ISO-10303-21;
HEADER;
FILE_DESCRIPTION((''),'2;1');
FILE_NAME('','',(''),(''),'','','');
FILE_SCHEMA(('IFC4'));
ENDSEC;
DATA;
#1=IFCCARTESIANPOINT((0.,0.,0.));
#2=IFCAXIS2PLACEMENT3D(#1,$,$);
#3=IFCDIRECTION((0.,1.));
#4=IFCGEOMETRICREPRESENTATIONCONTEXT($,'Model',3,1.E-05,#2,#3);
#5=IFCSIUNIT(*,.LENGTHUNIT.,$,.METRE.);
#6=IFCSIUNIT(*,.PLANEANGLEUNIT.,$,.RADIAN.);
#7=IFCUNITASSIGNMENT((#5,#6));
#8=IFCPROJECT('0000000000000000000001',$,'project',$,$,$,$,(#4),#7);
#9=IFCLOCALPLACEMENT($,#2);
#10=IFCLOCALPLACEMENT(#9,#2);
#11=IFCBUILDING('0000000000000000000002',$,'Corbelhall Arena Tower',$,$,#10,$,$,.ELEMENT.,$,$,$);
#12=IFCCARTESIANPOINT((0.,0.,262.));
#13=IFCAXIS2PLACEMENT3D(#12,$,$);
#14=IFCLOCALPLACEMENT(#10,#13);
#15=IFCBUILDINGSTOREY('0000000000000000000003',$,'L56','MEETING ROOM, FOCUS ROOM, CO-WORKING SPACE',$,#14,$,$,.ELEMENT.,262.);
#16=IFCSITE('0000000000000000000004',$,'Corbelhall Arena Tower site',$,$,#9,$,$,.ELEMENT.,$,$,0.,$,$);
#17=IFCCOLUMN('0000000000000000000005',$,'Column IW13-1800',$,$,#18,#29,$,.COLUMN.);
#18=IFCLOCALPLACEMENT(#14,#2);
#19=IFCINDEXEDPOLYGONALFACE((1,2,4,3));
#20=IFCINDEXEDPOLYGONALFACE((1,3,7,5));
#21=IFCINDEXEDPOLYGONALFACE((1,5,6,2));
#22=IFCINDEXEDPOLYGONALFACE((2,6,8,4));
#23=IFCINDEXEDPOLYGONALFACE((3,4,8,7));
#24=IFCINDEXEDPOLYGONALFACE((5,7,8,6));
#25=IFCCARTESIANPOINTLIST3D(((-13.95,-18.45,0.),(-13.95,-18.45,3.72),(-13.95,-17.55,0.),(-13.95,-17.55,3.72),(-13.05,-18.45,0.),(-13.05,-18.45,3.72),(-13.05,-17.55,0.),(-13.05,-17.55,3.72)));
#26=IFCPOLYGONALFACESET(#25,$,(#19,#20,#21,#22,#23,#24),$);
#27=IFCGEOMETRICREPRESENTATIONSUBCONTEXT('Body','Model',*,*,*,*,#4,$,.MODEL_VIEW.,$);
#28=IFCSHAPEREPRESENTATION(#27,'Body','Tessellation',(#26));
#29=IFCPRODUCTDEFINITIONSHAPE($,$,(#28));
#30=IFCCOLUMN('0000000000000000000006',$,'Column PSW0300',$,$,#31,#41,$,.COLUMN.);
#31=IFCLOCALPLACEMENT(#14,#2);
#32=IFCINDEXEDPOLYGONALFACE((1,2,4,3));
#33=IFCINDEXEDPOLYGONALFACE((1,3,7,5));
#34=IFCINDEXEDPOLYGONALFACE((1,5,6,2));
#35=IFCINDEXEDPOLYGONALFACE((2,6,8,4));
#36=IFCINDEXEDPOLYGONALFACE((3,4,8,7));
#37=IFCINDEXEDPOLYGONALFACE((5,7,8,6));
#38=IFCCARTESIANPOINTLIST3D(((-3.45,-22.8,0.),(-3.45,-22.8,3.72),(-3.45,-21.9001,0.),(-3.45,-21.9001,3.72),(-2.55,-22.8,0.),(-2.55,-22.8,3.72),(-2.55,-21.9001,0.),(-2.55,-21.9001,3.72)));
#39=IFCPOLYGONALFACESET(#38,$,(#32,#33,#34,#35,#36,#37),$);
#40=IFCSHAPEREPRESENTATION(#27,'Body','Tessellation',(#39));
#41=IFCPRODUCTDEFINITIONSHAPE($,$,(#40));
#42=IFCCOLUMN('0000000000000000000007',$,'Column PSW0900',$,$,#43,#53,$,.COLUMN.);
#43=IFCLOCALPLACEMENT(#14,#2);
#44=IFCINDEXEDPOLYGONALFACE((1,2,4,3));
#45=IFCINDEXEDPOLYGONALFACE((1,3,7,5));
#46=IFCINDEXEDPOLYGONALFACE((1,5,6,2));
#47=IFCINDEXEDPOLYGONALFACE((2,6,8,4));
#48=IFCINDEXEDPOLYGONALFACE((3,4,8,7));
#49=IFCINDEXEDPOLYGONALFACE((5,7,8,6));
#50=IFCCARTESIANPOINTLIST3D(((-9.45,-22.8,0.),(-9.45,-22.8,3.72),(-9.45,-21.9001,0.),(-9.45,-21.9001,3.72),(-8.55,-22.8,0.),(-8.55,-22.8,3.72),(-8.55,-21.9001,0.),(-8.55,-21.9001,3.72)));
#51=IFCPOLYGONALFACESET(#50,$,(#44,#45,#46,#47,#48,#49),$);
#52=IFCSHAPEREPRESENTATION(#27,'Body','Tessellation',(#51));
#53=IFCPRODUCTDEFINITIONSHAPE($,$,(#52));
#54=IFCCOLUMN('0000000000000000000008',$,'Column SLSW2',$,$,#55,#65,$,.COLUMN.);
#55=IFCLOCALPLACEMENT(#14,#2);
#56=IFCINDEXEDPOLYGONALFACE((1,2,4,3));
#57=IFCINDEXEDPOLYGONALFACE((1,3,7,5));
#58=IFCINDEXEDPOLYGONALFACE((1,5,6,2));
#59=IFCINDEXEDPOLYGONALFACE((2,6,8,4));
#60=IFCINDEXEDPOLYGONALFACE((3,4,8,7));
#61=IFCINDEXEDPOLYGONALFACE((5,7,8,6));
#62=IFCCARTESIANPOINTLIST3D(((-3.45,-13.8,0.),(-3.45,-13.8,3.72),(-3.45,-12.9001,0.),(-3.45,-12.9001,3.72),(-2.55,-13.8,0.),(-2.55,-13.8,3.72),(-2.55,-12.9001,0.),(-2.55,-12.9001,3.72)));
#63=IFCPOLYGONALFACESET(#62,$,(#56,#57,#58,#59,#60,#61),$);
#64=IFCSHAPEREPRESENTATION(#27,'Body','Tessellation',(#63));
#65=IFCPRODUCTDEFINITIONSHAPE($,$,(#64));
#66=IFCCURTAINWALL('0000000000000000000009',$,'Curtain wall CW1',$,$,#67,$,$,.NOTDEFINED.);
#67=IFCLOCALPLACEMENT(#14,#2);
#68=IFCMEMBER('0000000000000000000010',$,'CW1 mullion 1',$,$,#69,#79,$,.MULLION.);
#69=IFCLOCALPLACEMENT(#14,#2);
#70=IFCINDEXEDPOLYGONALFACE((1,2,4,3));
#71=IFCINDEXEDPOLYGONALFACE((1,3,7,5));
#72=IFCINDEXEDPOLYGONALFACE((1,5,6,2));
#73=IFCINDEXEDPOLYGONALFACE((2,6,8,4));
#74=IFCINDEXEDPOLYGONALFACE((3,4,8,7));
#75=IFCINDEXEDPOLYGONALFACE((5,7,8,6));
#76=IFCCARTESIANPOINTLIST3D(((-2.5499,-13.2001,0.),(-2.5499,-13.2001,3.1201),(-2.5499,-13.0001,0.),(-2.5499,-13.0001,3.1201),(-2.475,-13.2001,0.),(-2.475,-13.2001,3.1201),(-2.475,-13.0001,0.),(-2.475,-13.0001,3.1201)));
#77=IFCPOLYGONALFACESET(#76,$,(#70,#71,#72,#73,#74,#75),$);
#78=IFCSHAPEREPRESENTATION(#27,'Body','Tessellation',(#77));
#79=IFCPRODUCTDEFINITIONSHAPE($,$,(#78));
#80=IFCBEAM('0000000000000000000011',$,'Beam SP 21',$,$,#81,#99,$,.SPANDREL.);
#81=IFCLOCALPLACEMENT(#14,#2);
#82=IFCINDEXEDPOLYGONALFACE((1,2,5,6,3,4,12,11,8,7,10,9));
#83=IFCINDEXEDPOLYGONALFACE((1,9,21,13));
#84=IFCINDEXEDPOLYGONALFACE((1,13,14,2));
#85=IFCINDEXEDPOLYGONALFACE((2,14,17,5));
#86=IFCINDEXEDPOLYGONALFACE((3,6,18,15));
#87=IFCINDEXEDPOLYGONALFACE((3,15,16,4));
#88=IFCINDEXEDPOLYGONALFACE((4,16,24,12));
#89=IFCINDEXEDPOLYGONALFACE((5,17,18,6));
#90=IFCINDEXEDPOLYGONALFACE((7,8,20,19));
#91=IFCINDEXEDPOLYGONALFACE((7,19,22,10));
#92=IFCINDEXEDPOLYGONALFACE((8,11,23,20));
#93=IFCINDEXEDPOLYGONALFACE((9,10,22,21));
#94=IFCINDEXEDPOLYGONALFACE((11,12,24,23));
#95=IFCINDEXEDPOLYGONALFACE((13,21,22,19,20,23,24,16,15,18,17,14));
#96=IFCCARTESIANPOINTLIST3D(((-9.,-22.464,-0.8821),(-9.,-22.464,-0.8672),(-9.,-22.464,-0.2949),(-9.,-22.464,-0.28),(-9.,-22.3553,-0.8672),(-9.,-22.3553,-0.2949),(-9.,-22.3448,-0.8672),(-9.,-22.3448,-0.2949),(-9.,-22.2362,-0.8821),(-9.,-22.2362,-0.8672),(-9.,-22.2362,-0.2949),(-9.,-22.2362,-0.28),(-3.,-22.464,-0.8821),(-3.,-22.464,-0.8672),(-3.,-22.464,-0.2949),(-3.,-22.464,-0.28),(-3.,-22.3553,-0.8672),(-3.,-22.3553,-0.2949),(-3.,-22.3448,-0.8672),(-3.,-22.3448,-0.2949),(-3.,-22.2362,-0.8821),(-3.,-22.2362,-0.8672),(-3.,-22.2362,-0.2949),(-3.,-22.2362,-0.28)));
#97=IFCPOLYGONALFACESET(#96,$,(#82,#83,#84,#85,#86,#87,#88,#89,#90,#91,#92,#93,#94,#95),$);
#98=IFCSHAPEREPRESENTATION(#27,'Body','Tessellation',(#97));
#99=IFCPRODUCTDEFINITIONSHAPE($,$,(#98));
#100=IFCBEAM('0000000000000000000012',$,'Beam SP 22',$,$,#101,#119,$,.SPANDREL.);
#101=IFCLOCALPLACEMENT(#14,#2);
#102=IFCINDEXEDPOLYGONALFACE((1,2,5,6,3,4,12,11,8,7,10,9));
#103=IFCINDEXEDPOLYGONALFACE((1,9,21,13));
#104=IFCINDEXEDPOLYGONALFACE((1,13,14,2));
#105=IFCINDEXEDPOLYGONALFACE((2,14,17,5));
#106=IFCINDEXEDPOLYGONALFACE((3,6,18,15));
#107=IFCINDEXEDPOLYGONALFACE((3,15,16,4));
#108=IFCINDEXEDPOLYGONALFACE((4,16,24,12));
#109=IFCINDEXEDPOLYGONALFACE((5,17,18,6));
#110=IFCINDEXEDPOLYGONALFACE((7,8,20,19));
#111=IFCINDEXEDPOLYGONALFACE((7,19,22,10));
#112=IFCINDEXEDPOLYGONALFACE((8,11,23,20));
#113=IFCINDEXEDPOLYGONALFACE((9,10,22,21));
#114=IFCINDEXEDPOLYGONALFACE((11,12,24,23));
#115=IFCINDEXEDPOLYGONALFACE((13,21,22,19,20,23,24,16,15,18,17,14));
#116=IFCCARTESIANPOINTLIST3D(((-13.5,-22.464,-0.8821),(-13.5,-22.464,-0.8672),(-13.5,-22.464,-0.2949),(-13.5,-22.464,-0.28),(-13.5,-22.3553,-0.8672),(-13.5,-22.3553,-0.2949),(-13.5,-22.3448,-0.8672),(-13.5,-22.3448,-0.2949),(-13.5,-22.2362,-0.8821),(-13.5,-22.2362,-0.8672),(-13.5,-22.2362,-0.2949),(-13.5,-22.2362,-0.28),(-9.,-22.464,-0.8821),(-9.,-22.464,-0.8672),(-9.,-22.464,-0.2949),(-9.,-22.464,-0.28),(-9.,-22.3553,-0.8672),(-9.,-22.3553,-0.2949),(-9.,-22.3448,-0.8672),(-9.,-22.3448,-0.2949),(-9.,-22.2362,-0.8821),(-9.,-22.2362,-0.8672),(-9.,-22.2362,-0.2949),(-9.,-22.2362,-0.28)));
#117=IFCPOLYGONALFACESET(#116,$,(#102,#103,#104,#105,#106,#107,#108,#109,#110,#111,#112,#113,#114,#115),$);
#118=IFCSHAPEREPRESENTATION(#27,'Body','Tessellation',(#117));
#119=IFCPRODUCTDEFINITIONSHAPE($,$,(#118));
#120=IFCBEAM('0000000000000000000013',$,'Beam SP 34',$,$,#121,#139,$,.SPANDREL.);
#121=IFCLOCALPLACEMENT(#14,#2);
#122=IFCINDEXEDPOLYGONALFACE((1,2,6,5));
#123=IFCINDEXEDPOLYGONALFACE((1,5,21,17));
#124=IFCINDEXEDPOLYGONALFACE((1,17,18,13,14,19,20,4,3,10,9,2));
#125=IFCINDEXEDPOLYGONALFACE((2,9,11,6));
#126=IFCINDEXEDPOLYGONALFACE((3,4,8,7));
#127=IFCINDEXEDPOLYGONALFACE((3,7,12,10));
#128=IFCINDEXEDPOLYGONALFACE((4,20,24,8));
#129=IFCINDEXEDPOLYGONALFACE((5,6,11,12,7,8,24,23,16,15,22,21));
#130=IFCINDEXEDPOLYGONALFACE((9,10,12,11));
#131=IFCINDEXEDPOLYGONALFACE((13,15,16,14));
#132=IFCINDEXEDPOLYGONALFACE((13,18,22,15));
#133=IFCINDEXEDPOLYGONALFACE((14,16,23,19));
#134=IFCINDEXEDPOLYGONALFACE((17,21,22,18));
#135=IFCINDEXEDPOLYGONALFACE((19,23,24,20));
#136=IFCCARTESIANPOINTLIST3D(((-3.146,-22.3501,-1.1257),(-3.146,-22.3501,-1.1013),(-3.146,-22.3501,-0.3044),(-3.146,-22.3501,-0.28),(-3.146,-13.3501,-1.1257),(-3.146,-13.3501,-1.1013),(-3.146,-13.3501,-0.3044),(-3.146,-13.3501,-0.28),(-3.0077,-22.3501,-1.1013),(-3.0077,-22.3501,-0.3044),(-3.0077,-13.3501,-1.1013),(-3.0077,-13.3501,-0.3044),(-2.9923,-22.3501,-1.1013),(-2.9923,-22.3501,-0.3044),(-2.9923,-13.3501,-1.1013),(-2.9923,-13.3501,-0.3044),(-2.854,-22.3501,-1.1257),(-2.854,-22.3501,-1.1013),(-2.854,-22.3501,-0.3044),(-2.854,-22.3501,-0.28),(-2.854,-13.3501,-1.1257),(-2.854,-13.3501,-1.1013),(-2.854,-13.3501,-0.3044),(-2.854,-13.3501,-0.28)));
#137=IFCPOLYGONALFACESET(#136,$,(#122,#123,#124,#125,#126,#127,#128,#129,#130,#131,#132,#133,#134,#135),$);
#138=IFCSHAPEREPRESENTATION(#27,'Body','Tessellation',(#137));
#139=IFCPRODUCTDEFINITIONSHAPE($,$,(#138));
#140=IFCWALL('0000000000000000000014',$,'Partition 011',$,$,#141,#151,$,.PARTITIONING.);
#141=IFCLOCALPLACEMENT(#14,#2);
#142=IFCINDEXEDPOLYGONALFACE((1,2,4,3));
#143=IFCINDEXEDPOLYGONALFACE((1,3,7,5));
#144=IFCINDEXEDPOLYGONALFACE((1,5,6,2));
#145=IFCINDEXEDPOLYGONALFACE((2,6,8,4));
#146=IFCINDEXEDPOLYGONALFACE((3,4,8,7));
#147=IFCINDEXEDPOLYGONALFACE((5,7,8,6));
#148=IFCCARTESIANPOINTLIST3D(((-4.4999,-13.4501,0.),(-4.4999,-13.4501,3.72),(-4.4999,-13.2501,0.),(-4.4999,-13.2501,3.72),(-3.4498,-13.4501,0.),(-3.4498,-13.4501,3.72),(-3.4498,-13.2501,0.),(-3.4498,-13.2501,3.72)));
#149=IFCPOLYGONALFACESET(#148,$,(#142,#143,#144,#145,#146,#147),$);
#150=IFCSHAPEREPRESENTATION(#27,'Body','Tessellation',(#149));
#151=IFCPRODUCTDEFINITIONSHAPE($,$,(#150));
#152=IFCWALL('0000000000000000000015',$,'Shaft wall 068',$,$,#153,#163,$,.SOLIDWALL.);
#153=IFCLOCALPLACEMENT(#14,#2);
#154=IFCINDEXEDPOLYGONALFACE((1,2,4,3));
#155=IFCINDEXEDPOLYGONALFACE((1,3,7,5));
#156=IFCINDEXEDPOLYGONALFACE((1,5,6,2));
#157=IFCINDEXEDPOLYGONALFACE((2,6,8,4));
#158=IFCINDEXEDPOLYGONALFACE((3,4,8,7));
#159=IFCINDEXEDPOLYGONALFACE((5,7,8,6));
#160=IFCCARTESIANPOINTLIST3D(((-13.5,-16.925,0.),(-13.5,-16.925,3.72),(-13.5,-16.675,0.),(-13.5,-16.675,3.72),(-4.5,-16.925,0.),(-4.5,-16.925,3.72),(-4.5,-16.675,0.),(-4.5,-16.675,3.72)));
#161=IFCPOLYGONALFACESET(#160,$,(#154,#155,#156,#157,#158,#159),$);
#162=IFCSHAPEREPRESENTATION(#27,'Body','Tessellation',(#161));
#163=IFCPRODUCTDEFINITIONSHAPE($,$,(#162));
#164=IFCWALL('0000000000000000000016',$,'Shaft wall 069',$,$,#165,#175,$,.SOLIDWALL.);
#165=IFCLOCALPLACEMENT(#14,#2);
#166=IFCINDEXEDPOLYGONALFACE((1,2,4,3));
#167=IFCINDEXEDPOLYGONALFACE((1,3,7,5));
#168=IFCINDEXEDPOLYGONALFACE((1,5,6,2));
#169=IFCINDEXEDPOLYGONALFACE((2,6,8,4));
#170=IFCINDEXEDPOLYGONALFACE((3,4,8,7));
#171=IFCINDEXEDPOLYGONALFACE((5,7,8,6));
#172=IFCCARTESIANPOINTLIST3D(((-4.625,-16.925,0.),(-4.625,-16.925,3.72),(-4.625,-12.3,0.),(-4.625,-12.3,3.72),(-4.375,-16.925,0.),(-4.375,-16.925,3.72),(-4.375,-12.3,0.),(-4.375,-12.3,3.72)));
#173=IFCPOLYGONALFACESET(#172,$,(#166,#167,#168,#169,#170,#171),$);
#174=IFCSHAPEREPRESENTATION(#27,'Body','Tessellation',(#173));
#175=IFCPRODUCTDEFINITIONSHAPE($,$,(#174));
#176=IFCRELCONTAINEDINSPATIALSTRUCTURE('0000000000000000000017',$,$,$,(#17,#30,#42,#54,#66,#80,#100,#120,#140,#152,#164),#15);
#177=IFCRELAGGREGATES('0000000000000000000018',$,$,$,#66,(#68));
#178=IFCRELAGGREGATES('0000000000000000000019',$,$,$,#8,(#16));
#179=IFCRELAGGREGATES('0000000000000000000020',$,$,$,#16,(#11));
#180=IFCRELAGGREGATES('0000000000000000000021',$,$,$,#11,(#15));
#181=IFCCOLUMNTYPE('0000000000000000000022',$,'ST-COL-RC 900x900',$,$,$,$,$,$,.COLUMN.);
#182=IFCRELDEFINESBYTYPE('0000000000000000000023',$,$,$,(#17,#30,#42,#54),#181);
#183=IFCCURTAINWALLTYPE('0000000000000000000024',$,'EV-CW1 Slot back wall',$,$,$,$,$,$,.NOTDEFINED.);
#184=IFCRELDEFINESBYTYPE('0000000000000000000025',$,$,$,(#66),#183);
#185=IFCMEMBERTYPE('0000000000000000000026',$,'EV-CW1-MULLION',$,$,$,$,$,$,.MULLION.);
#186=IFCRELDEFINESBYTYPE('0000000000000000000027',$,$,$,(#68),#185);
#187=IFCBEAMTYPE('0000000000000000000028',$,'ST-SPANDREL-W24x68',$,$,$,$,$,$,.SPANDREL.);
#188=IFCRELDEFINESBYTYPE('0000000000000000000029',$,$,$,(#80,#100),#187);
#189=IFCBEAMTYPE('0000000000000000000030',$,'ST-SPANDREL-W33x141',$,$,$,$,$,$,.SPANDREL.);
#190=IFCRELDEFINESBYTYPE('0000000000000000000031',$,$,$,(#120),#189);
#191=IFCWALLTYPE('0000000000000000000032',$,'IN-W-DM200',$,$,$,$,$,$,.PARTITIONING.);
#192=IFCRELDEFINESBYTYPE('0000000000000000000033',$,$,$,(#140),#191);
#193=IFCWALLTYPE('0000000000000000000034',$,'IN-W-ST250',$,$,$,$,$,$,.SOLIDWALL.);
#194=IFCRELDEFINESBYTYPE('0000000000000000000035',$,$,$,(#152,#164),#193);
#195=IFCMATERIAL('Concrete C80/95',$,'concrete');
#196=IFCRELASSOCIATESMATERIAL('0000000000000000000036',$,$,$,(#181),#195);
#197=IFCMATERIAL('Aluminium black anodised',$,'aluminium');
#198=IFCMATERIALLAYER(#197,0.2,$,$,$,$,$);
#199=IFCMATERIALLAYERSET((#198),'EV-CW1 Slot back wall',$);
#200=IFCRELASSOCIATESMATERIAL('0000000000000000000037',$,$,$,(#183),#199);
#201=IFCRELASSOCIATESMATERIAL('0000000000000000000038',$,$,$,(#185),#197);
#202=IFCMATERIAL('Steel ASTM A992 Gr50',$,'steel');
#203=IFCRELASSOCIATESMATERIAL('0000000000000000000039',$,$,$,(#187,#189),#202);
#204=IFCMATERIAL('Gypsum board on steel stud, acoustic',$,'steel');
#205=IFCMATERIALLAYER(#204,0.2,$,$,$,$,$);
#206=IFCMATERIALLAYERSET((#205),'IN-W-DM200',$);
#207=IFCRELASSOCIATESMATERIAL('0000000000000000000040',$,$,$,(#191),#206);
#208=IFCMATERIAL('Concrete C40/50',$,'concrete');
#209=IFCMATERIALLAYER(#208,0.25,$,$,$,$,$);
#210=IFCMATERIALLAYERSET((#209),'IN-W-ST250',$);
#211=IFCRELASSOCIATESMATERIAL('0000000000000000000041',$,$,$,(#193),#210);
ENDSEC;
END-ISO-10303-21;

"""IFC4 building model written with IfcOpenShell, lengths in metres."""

from ifc_helpers import new_model, si_unit, direction, frame, frame_2d, origin, origin_2d, place, context, subcontext, project, spatial, rectangle, i_section, extrude, material, layer, layer_set, material_profile, profile_set, type_object, element, aggregate, save


model = new_model("IFC4")

# Units and contexts
model_context = context("Model", 3, precision=1e-05, world=origin(), true_north=direction((0.0, 1.0)))
body_context = subcontext(model_context, "Body", "Model", "MODEL_VIEW")
ifc_project = project(units=[si_unit("LENGTHUNIT", "METRE"), si_unit("PLANEANGLEUNIT", "RADIAN")], contexts=[model_context])

# Site, building, storey
site_placement = place(None, origin())
site = spatial("IfcSite", under=ifc_project, at=site_placement, Name="Corbelhall Arena Tower site", CompositionType="ELEMENT", RefElevation=0.0)
building_placement = place(site_placement, origin())
building = spatial("IfcBuilding", under=site, at=building_placement, Name="Corbelhall Arena Tower", CompositionType="ELEMENT")
storey_placement = place(building_placement, frame((0.0, 0.0, 262.0)))
storey = spatial("IfcBuildingStorey", under=building, at=storey_placement, Name="L56", Description="MEETING ROOM, FOCUS ROOM, CO-WORKING SPACE", CompositionType="ELEMENT", Elevation=262.0)

# Columns
ifc_material_1 = material(Name="Concrete C80/95", Category="concrete")
ifc_material_profile_1 = material_profile(ifc_material_1, rectangle(XDim=0.8999, YDim=0.8999, at=origin_2d()))
ifc_profile_set_1 = profile_set([ifc_material_profile_1], Name="Concrete C80/95")
column_type = type_object("IfcColumnType", Name="ST-COL-RC 900x900", PredefinedType="COLUMN", material=ifc_profile_set_1)
for number, where, z_axis, x_axis, name in (
    (1, (-13.5, -18.0, 0.0), (0.0, 0.0, 1.0), (1.0, 0.0, 0.0), "Column IW13-1800"),
    (2, (-3.0, -22.3501, 0.0), (0.0, 0.0, 1.0), (1.0, 0.0, 0.0), "Column PSW0300"),
    (3, (-9.0, -22.3501, 0.0), (0.0, 0.0, 1.0), (1.0, 0.0, 0.0), "Column PSW0900"),
    (4, (-3.0, -13.3501, 0.0), (0.0, 0.0, 1.0), (1.0, 0.0, 0.0), "Column SLSW2"),
):
    element("IfcColumn", number, at=place(storey_placement, frame(where, z_axis=z_axis, x_axis=x_axis)), inside=storey, type_object=column_type, Name=name, PredefinedType="COLUMN", context=body_context, shape_type="SweptSolid", body=[
        extrude(rectangle(XDim=0.8999, YDim=0.8999, at=origin_2d()), origin(), (0.0, 0.0, 1.0), 3.72),
    ])

# Curtain wall, member
ifc_material_2 = material(Name="Aluminium black anodised", Category="aluminium")
ifc_layer_1 = layer(ifc_material_2, 0.2)
ifc_layer_set_1 = layer_set([ifc_layer_1], Name="EV-CW1 Slot back wall")
curtain_wall_type = type_object("IfcCurtainWallType", Name="EV-CW1 Slot back wall", PredefinedType="NOTDEFINED", material=ifc_layer_set_1)
curtain_wall_placement = place(storey_placement, origin())
curtain_wall = element("IfcCurtainWall", 5, at=curtain_wall_placement, inside=storey, type_object=curtain_wall_type, Name="Curtain wall CW1", PredefinedType="NOTDEFINED")
ifc_material_profile_2 = material_profile(ifc_material_2, rectangle(XDim=0.2, YDim=0.075, at=origin_2d()))
ifc_profile_set_2 = profile_set([ifc_material_profile_2], Name="Aluminium black anodised")
member_type = type_object("IfcMemberType", Name="EV-CW1-MULLION", PredefinedType="MULLION", material=ifc_profile_set_2)
member_placement = place(storey_placement, frame((-2.5125, -13.1001, 0.0), z_axis=(0.0, 0.0, 1.0), x_axis=(0.0, 1.0, 0.0)))
member = element("IfcMember", 6, at=member_placement, type_object=member_type, Name="CW1 mullion 1", PredefinedType="MULLION", context=body_context, shape_type="SweptSolid", body=[
    extrude(rectangle(XDim=0.2, YDim=0.075, at=origin_2d()), origin(), (0.0, 0.0, 1.0), 3.1201),
])
aggregate(curtain_wall, [member])

# Beams
ifc_material_3 = material(Name="Steel ASTM A992 Gr50", Category="steel")
ifc_material_profile_3 = material_profile(ifc_material_3, i_section(OverallWidth=0.2278, OverallDepth=0.6021, WebThickness=0.0105, FlangeThickness=0.0149, at=origin_2d()))
ifc_profile_set_3 = profile_set([ifc_material_profile_3], Name="Steel ASTM A992 Gr50")
beam_type_1 = type_object("IfcBeamType", Name="ST-SPANDREL-W24x68", PredefinedType="SPANDREL", material=ifc_profile_set_3)
beam_1_placement = place(storey_placement, frame((-3.0, -22.3501, -0.5811), z_axis=(-1.0, 0.0, 0.0), x_axis=(0.0, -1.0, 0.0)))
element("IfcBeam", 7, at=beam_1_placement, inside=storey, type_object=beam_type_1, Name="Beam SP 21", PredefinedType="SPANDREL", context=body_context, shape_type="SweptSolid", body=[
    extrude(i_section(OverallWidth=0.2278, OverallDepth=0.6021, WebThickness=0.0105, FlangeThickness=0.0149, at=origin_2d()), origin(), (0.0, 0.0, 1.0), 6.0),
])
beam_2_placement = place(storey_placement, frame((-9.0, -22.3501, -0.5811), z_axis=(-1.0, 0.0, 0.0), x_axis=(0.0, -1.0, 0.0)))
element("IfcBeam", 8, at=beam_2_placement, inside=storey, type_object=beam_type_1, Name="Beam SP 22", PredefinedType="SPANDREL", context=body_context, shape_type="SweptSolid", body=[
    extrude(i_section(OverallWidth=0.2278, OverallDepth=0.6021, WebThickness=0.0105, FlangeThickness=0.0149, at=origin_2d()), origin(), (0.0, 0.0, 1.0), 4.5),
])
ifc_material_profile_4 = material_profile(ifc_material_3, i_section(OverallWidth=0.292, OverallDepth=0.8457, WebThickness=0.0154, FlangeThickness=0.0244, at=origin_2d()))
ifc_profile_set_4 = profile_set([ifc_material_profile_4], Name="Steel ASTM A992 Gr50")
beam_type_2 = type_object("IfcBeamType", Name="ST-SPANDREL-W33x141", PredefinedType="SPANDREL", material=ifc_profile_set_4)
beam_3_placement = place(storey_placement, frame((-3.0, -13.3501, -0.7029), z_axis=(0.0, -1.0, 0.0), x_axis=(1.0, 0.0, 0.0)))
element("IfcBeam", 9, at=beam_3_placement, inside=storey, type_object=beam_type_2, Name="Beam SP 34", PredefinedType="SPANDREL", context=body_context, shape_type="SweptSolid", body=[
    extrude(i_section(OverallWidth=0.292, OverallDepth=0.8457, WebThickness=0.0154, FlangeThickness=0.0244, at=origin_2d()), origin(), (0.0, 0.0, 1.0), 9.0),
])

# Shared definitions
ifc_material_4 = material(Name="Gypsum board on steel stud, acoustic", Category="steel")
ifc_layer_2 = layer(ifc_material_4, 0.2)
ifc_layer_set_2 = layer_set([ifc_layer_2], Name="IN-W-DM200")
wall_type_1 = type_object("IfcWallType", Name="IN-W-DM200", PredefinedType="PARTITIONING", material=ifc_layer_set_2)

# Walls
wall_1_placement = place(storey_placement, frame((-3.45, -13.3501, 0.0), z_axis=(0.0, 0.0, 1.0), x_axis=(-1.0, 0.0, 0.0)))
element("IfcWall", 10, at=wall_1_placement, inside=storey, type_object=wall_type_1, Name="Partition 011", PredefinedType="PARTITIONING", context=body_context, shape_type="SweptSolid", body=[
    extrude(rectangle(XDim=1.05, YDim=0.2, at=frame_2d((0.5249, 0.0))), origin(), (0.0, 0.0, 1.0), 3.72),
])
ifc_material_5 = material(Name="Concrete C40/50", Category="concrete")
ifc_layer_3 = layer(ifc_material_5, 0.25)
ifc_layer_set_3 = layer_set([ifc_layer_3], Name="IN-W-ST250")
wall_type_2 = type_object("IfcWallType", Name="IN-W-ST250", PredefinedType="SOLIDWALL", material=ifc_layer_set_3)
wall_2_placement = place(storey_placement, frame((-4.5, -16.8, 0.0), z_axis=(0.0, 0.0, 1.0), x_axis=(-1.0, 0.0, 0.0)))
element("IfcWall", 11, at=wall_2_placement, inside=storey, type_object=wall_type_2, Name="Shaft wall 068", PredefinedType="SOLIDWALL", context=body_context, shape_type="SweptSolid", body=[
    extrude(rectangle(XDim=9.0, YDim=0.25, at=frame_2d((4.5, 0.0))), origin(), (0.0, 0.0, 1.0), 3.72),
])
wall_3_placement = place(storey_placement, frame((-4.5, -12.3, 0.0), z_axis=(0.0, 0.0, 1.0), x_axis=(0.0, -1.0, 0.0)))
element("IfcWall", 12, at=wall_3_placement, inside=storey, type_object=wall_type_2, Name="Shaft wall 069", PredefinedType="SOLIDWALL", context=body_context, shape_type="SweptSolid", body=[
    extrude(rectangle(XDim=4.625, YDim=0.25, at=frame_2d((2.3125, 0.0))), origin(), (0.0, 0.0, 1.0), 3.72),
])

save(model, "model.ifc")
